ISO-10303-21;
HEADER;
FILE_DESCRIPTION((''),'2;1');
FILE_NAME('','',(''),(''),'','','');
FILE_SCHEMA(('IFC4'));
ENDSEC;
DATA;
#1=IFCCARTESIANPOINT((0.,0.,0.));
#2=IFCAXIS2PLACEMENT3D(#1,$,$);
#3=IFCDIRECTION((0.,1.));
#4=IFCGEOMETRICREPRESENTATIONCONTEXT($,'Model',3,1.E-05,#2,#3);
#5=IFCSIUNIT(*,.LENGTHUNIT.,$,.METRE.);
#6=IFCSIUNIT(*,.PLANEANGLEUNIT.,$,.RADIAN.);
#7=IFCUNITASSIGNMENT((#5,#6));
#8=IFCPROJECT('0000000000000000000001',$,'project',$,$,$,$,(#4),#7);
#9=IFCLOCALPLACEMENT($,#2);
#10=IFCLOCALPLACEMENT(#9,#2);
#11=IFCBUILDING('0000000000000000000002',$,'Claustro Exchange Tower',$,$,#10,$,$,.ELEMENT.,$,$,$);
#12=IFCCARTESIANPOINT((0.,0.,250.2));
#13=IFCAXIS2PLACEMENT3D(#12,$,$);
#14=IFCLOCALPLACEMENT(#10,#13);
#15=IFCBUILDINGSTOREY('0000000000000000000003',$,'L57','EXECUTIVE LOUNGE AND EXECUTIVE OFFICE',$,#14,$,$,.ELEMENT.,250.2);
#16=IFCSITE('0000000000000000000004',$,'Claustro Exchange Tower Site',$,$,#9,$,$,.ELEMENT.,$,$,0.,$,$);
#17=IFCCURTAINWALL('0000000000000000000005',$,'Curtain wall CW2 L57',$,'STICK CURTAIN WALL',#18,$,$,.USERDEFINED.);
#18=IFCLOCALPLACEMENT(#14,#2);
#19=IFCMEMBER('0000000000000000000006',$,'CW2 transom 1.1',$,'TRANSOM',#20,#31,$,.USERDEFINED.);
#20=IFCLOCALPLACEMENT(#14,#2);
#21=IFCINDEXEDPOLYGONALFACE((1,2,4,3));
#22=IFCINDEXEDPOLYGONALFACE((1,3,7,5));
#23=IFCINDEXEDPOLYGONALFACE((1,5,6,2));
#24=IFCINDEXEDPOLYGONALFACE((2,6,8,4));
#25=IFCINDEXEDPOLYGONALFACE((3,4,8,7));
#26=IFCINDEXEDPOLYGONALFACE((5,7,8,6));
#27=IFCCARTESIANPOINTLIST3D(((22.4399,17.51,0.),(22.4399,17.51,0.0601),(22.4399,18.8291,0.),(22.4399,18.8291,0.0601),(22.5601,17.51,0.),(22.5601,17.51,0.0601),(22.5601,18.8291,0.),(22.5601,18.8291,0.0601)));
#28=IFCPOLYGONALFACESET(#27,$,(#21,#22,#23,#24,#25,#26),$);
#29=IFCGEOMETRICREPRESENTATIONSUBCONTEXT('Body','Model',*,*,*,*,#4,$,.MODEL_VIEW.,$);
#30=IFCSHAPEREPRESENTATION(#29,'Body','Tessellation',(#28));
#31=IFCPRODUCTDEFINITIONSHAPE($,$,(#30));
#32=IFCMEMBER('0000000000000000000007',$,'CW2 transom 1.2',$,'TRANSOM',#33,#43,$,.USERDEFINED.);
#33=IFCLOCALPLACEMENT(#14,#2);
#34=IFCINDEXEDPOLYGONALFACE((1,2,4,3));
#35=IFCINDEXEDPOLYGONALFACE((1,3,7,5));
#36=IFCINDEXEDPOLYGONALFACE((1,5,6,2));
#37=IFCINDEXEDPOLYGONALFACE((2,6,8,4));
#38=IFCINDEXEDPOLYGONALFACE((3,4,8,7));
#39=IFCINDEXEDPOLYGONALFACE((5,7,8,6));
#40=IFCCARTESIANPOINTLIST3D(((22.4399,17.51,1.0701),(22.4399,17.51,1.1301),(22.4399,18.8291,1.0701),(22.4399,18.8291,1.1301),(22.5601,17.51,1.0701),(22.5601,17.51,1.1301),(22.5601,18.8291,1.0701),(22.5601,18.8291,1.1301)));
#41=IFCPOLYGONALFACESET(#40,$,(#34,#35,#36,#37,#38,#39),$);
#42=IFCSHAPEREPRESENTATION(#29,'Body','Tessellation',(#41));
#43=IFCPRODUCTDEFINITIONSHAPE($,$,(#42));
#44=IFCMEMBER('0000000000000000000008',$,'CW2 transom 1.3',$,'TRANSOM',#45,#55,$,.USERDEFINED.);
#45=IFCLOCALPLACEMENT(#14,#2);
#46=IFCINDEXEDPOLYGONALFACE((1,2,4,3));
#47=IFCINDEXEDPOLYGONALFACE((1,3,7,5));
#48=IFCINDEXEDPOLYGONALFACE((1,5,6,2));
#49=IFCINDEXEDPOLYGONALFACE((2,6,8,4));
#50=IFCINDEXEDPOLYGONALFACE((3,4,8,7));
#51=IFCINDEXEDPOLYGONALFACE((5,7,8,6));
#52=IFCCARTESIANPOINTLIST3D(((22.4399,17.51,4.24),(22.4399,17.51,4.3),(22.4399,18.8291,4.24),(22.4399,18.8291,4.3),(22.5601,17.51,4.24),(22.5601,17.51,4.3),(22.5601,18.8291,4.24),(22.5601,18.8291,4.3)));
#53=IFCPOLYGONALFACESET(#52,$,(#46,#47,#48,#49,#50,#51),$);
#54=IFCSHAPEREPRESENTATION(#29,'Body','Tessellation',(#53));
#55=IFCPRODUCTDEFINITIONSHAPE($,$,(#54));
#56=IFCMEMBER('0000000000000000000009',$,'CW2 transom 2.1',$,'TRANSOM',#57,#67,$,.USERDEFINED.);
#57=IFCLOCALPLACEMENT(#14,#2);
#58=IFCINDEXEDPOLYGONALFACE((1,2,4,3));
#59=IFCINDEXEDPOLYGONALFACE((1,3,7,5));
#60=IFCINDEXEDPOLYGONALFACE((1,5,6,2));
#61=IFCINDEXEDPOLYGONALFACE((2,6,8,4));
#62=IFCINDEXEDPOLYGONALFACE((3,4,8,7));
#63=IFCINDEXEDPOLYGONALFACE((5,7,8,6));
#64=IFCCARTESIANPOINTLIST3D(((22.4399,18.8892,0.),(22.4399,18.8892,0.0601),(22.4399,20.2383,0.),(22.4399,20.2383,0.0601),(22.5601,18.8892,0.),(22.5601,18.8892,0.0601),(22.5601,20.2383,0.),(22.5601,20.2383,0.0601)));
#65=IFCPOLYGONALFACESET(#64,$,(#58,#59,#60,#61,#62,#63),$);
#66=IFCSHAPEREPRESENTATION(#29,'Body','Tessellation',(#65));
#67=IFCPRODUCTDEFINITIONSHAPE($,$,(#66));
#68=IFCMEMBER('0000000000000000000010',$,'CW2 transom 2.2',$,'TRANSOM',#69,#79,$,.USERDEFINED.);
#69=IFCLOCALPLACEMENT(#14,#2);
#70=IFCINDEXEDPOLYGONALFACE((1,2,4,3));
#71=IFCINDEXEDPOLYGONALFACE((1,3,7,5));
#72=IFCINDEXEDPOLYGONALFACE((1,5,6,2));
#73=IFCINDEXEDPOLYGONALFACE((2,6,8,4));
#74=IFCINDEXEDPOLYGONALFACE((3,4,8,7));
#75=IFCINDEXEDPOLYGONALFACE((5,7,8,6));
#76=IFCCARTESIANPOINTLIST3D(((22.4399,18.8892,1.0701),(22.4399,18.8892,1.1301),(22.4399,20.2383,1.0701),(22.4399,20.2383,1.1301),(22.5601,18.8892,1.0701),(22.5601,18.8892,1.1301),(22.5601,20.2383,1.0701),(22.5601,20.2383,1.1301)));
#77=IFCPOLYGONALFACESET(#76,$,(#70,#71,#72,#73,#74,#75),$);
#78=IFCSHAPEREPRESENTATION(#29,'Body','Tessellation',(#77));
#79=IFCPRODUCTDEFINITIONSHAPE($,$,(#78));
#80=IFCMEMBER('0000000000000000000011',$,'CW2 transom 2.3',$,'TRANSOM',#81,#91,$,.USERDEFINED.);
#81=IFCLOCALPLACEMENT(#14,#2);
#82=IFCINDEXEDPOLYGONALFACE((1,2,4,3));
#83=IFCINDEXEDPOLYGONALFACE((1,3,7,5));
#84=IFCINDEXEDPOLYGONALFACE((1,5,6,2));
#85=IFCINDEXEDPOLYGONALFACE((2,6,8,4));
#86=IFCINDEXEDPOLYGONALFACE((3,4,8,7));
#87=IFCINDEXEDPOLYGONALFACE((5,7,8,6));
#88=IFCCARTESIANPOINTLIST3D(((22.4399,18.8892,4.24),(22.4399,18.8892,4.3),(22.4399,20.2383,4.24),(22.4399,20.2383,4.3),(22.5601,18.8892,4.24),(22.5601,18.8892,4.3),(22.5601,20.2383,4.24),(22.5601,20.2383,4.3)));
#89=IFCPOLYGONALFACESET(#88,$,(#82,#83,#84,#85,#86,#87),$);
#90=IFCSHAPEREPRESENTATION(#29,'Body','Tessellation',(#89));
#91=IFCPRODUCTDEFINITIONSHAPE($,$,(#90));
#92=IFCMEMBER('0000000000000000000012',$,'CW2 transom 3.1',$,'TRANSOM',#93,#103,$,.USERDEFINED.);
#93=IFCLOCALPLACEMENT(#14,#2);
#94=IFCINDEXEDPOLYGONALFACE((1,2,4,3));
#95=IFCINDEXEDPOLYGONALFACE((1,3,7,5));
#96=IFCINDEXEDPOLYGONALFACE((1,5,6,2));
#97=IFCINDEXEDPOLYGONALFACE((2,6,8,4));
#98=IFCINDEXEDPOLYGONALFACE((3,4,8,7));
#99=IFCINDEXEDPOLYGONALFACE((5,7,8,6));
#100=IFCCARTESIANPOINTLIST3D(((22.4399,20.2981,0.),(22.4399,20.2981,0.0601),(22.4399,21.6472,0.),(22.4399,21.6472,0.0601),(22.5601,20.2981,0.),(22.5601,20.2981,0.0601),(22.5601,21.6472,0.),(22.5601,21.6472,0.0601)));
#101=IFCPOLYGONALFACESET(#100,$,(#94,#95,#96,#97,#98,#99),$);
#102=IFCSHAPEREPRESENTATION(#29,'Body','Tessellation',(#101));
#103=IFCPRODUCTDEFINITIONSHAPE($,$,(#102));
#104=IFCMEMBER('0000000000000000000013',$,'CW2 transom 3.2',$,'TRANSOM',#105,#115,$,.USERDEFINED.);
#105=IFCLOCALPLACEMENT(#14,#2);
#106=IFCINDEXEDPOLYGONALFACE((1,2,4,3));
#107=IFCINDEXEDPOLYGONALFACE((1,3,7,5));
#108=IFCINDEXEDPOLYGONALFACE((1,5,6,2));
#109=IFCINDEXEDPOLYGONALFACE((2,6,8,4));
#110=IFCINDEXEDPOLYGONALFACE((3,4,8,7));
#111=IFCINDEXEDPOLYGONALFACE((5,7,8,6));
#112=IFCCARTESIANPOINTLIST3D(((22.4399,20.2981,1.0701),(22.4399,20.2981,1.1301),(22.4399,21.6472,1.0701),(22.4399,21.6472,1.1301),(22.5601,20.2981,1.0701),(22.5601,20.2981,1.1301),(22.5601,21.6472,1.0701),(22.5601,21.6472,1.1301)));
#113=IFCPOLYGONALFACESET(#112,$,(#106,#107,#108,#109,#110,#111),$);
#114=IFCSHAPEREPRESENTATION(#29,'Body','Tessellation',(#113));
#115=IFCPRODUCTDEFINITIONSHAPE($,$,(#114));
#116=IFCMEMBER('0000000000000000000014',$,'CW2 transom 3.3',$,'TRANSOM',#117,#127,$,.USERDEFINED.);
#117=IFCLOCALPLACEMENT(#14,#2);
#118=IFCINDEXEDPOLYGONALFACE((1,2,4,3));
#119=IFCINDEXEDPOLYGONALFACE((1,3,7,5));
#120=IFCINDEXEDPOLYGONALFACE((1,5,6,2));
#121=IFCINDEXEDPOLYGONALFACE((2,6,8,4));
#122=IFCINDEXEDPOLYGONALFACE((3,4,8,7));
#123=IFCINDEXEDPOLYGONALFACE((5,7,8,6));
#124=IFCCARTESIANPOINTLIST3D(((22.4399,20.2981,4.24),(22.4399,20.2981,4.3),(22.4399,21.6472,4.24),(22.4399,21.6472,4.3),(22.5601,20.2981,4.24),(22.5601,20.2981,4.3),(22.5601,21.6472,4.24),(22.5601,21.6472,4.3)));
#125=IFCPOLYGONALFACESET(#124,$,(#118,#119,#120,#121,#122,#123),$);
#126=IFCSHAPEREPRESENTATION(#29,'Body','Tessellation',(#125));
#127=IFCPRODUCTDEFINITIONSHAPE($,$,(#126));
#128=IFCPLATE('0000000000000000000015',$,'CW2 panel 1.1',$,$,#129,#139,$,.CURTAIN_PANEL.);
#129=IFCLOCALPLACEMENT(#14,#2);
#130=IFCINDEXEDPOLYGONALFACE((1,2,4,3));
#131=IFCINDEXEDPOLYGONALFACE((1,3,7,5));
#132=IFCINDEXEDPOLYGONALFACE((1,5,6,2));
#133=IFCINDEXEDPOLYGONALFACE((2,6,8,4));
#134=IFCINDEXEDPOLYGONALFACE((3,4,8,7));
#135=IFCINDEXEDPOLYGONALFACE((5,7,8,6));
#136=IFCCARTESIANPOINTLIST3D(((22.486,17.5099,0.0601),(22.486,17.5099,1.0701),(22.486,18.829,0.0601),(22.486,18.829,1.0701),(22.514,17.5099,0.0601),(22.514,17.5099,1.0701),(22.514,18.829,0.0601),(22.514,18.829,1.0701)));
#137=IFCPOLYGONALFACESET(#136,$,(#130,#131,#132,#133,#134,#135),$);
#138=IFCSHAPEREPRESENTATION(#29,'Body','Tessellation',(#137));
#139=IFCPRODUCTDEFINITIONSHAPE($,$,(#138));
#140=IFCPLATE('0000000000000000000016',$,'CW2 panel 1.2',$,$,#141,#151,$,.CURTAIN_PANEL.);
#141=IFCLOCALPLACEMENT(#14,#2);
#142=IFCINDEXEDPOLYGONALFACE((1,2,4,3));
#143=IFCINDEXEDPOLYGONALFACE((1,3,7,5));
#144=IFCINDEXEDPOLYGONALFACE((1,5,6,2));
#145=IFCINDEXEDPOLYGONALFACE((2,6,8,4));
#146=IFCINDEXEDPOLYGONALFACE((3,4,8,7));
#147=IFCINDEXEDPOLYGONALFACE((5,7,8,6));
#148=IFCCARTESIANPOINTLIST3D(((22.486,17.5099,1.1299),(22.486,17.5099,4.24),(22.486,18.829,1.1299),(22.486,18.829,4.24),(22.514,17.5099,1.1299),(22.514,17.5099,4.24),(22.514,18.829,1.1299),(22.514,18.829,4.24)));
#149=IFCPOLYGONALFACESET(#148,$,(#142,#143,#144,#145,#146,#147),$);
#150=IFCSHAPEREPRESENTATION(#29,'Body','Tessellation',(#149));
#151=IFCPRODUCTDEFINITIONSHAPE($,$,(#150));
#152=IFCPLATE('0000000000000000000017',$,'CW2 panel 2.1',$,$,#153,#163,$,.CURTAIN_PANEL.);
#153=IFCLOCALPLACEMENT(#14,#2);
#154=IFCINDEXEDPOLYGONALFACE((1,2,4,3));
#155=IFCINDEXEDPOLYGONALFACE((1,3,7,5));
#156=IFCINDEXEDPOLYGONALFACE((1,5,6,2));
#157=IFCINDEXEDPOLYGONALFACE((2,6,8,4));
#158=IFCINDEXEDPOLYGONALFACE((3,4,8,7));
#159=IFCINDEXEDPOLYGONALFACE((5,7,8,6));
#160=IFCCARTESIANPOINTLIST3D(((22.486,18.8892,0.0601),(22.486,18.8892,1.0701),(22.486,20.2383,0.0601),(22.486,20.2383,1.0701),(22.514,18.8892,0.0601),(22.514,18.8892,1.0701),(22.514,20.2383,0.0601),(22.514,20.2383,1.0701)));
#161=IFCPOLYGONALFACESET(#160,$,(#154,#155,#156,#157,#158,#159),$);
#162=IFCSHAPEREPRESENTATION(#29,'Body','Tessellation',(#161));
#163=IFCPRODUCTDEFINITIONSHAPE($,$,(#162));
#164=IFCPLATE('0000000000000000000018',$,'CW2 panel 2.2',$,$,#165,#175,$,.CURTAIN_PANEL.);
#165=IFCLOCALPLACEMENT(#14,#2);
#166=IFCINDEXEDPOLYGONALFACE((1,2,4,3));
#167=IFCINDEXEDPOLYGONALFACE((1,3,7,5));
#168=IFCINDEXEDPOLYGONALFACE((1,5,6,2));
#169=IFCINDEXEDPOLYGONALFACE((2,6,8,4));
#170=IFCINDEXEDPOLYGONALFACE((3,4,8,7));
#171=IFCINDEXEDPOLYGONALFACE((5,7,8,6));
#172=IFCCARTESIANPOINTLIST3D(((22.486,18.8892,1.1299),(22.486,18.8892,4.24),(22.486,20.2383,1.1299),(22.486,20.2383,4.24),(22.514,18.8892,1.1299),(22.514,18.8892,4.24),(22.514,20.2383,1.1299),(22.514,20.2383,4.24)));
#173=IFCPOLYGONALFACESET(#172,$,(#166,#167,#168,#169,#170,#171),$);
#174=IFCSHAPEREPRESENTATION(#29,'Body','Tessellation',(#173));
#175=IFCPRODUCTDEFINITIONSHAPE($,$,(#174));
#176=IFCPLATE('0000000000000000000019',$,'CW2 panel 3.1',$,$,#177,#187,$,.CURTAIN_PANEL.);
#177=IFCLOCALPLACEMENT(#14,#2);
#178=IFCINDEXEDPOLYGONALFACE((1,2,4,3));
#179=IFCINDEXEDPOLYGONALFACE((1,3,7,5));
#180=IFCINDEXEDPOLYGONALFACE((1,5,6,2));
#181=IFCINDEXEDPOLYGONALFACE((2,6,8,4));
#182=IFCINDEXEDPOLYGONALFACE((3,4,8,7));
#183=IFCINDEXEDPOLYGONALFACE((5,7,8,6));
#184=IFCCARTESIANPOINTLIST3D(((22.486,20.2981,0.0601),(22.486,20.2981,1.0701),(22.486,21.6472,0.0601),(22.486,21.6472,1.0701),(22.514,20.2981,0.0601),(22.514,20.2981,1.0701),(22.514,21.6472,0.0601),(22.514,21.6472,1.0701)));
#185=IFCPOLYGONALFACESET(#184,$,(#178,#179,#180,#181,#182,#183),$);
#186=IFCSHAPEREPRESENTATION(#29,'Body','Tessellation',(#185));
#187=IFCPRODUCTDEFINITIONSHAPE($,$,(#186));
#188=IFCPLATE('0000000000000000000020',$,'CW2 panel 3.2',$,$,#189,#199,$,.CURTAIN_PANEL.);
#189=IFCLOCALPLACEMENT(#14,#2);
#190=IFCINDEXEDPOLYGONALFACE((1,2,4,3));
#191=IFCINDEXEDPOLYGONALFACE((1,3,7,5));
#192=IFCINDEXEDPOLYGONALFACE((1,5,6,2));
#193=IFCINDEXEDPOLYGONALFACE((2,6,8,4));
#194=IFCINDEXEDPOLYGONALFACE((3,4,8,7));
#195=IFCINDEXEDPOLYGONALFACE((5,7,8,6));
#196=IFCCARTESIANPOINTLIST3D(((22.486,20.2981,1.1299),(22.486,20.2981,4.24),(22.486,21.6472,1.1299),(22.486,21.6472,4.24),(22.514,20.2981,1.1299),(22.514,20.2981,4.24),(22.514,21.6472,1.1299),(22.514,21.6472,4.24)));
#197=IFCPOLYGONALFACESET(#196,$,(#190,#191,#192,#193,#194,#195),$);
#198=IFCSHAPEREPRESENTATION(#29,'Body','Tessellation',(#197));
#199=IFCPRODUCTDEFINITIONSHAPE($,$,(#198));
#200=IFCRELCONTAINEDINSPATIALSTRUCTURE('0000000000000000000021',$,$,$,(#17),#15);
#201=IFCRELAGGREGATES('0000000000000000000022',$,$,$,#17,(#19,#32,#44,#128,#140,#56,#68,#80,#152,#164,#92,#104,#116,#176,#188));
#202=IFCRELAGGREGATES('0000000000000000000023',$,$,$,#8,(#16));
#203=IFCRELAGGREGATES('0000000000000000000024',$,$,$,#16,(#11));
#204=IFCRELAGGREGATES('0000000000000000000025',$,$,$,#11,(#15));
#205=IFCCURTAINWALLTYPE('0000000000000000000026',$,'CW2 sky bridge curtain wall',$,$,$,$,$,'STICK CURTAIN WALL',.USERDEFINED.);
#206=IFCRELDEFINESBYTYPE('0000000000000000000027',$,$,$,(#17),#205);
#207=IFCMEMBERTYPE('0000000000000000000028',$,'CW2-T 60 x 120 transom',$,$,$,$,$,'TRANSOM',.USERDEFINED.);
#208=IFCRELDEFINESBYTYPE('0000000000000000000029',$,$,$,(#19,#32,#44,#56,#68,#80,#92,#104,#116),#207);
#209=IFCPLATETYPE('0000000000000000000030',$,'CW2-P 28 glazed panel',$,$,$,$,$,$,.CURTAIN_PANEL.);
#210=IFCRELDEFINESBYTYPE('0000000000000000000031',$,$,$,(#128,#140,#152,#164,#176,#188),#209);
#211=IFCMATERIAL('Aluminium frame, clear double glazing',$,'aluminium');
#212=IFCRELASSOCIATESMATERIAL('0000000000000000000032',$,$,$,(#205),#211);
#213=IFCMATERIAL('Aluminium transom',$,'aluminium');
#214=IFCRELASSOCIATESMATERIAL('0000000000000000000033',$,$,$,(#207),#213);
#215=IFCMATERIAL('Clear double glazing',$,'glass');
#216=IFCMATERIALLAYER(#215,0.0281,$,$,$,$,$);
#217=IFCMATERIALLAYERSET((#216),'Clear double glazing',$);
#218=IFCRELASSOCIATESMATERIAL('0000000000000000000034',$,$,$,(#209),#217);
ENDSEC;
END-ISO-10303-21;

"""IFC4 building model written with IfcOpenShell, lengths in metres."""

from ifc_helpers import new_model, si_unit, direction, frame, origin, origin_2d, place, context, subcontext, project, spatial, rectangle, extrude, material, layer, layer_set, material_profile, profile_set, type_object, element, aggregate, save


model = new_model("IFC4")

# Units and contexts
model_context = context("Model", 3, precision=1e-05, world=origin(), true_north=direction((0.0, 1.0)))
body_context = subcontext(model_context, "Body", "Model", "MODEL_VIEW")
ifc_project = project(units=[si_unit("LENGTHUNIT", "METRE"), si_unit("PLANEANGLEUNIT", "RADIAN")], contexts=[model_context])

# Site, building, storey
site_placement = place(None, origin())
site = spatial("IfcSite", under=ifc_project, at=site_placement, Name="Claustro Exchange Tower Site", CompositionType="ELEMENT", RefElevation=0.0)
building_placement = place(site_placement, origin())
building = spatial("IfcBuilding", under=site, at=building_placement, Name="Claustro Exchange Tower", CompositionType="ELEMENT")
storey_placement = place(building_placement, frame((0.0, 0.0, 250.2)))
storey = spatial("IfcBuildingStorey", under=building, at=storey_placement, Name="L57", Description="EXECUTIVE LOUNGE AND EXECUTIVE OFFICE", CompositionType="ELEMENT", Elevation=250.2)

# Curtain wall, members, plates
ifc_material_1 = material(Name="Aluminium frame, clear double glazing", Category="aluminium")
curtain_wall_type = type_object("IfcCurtainWallType", Name="CW2 sky bridge curtain wall", ElementType="STICK CURTAIN WALL", PredefinedType="USERDEFINED", material=ifc_material_1)
curtain_wall_placement = place(storey_placement, origin())
curtain_wall = element("IfcCurtainWall", 1, at=curtain_wall_placement, inside=storey, type_object=curtain_wall_type, Name="Curtain wall CW2 L57", ObjectType="STICK CURTAIN WALL", PredefinedType="USERDEFINED")
ifc_material_2 = material(Name="Aluminium transom", Category="aluminium")
ifc_material_profile_1 = material_profile(ifc_material_2, rectangle(XDim=0.1201, YDim=0.0601, at=origin_2d()), Name="CW2-T 60x120")
ifc_profile_set_1 = profile_set([ifc_material_profile_1], Name="Aluminium transom")
member_type_1 = type_object("IfcMemberType", Name="CW2-T 60 x 120 transom", ElementType="TRANSOM", PredefinedType="USERDEFINED", material=ifc_profile_set_1)
member_1_placement = place(storey_placement, frame((22.5, 17.51, 0.03), z_axis=(0.0, 1.0, 0.0), x_axis=(-1.0, 0.0, 0.0)))
member_1 = element("IfcMember", 2, at=member_1_placement, type_object=member_type_1, Name="CW2 transom 1.1", ObjectType="TRANSOM", PredefinedType="USERDEFINED", context=body_context, shape_type="SweptSolid", body=[
    extrude(rectangle(XDim=0.1201, YDim=0.0601, at=origin_2d()), origin(), (0.0, 0.0, 1.0), 1.3191),
])
member_2_placement = place(storey_placement, frame((22.5, 17.51, 1.1001), z_axis=(0.0, 1.0, 0.0), x_axis=(-1.0, 0.0, 0.0)))
member_2 = element("IfcMember", 3, at=member_2_placement, type_object=member_type_1, Name="CW2 transom 1.2", ObjectType="TRANSOM", PredefinedType="USERDEFINED", context=body_context, shape_type="SweptSolid", body=[
    extrude(rectangle(XDim=0.1201, YDim=0.0601, at=origin_2d()), origin(), (0.0, 0.0, 1.0), 1.3191),
])
member_3_placement = place(storey_placement, frame((22.5, 17.51, 4.27), z_axis=(0.0, 1.0, 0.0), x_axis=(-1.0, 0.0, 0.0)))
member_3 = element("IfcMember", 4, at=member_3_placement, type_object=member_type_1, Name="CW2 transom 1.3", ObjectType="TRANSOM", PredefinedType="USERDEFINED", context=body_context, shape_type="SweptSolid", body=[
    extrude(rectangle(XDim=0.1201, YDim=0.0601, at=origin_2d()), origin(), (0.0, 0.0, 1.0), 1.3191),
])
member_4_placement = place(storey_placement, frame((22.5, 18.8892, 0.03), z_axis=(0.0, 1.0, 0.0), x_axis=(-1.0, 0.0, 0.0)))
member_4 = element("IfcMember", 5, at=member_4_placement, type_object=member_type_1, Name="CW2 transom 2.1", ObjectType="TRANSOM", PredefinedType="USERDEFINED", context=body_context, shape_type="SweptSolid", body=[
    extrude(rectangle(XDim=0.1201, YDim=0.0601, at=origin_2d()), origin(), (0.0, 0.0, 1.0), 1.3491),
])
member_5_placement = place(storey_placement, frame((22.5, 18.8892, 1.1001), z_axis=(0.0, 1.0, 0.0), x_axis=(-1.0, 0.0, 0.0)))
member_5 = element("IfcMember", 6, at=member_5_placement, type_object=member_type_1, Name="CW2 transom 2.2", ObjectType="TRANSOM", PredefinedType="USERDEFINED", context=body_context, shape_type="SweptSolid", body=[
    extrude(rectangle(XDim=0.1201, YDim=0.0601, at=origin_2d()), origin(), (0.0, 0.0, 1.0), 1.3491),
])
member_6_placement = place(storey_placement, frame((22.5, 18.8892, 4.27), z_axis=(0.0, 1.0, 0.0), x_axis=(-1.0, 0.0, 0.0)))
member_6 = element("IfcMember", 7, at=member_6_placement, type_object=member_type_1, Name="CW2 transom 2.3", ObjectType="TRANSOM", PredefinedType="USERDEFINED", context=body_context, shape_type="SweptSolid", body=[
    extrude(rectangle(XDim=0.1201, YDim=0.0601, at=origin_2d()), origin(), (0.0, 0.0, 1.0), 1.3491),
])
member_7_placement = place(storey_placement, frame((22.5, 20.2981, 0.03), z_axis=(0.0, 1.0, 0.0), x_axis=(-1.0, 0.0, 0.0)))
member_7 = element("IfcMember", 8, at=member_7_placement, type_object=member_type_1, Name="CW2 transom 3.1", ObjectType="TRANSOM", PredefinedType="USERDEFINED", context=body_context, shape_type="SweptSolid", body=[
    extrude(rectangle(XDim=0.1201, YDim=0.0601, at=origin_2d()), origin(), (0.0, 0.0, 1.0), 1.3491),
])
member_8_placement = place(storey_placement, frame((22.5, 20.2981, 1.1001), z_axis=(0.0, 1.0, 0.0), x_axis=(-1.0, 0.0, 0.0)))
member_8 = element("IfcMember", 9, at=member_8_placement, type_object=member_type_1, Name="CW2 transom 3.2", ObjectType="TRANSOM", PredefinedType="USERDEFINED", context=body_context, shape_type="SweptSolid", body=[
    extrude(rectangle(XDim=0.1201, YDim=0.0601, at=origin_2d()), origin(), (0.0, 0.0, 1.0), 1.3491),
])
member_9_placement = place(storey_placement, frame((22.5, 20.2981, 4.27), z_axis=(0.0, 1.0, 0.0), x_axis=(-1.0, 0.0, 0.0)))
member_9 = element("IfcMember", 10, at=member_9_placement, type_object=member_type_1, Name="CW2 transom 3.3", ObjectType="TRANSOM", PredefinedType="USERDEFINED", context=body_context, shape_type="SweptSolid", body=[
    extrude(rectangle(XDim=0.1201, YDim=0.0601, at=origin_2d()), origin(), (0.0, 0.0, 1.0), 1.3491),
])
ifc_material_3 = material(Name="Clear double glazing", Category="glass")
ifc_layer_1 = layer(ifc_material_3, 0.0281)
ifc_layer_set_1 = layer_set([ifc_layer_1], Name="Clear double glazing")
plate_type = type_object("IfcPlateType", Name="CW2-P 28 glazed panel", PredefinedType="CURTAIN_PANEL", material=ifc_layer_set_1)
plate_1_placement = place(storey_placement, frame((22.5, 18.1694, 0.0601), z_axis=(0.0, 0.0, 1.0), x_axis=(0.0, 1.0, 0.0)))
plate_1 = element("IfcPlate", 11, at=plate_1_placement, type_object=plate_type, Name="CW2 panel 1.1", PredefinedType="CURTAIN_PANEL", context=body_context, shape_type="SweptSolid", body=[
    extrude(rectangle(XDim=1.3191, YDim=0.0281, at=origin_2d()), origin(), (0.0, 0.0, 1.0), 1.01),
])
plate_2_placement = place(storey_placement, frame((22.5, 18.1694, 1.1299), z_axis=(0.0, 0.0, 1.0), x_axis=(0.0, 1.0, 0.0)))
plate_2 = element("IfcPlate", 12, at=plate_2_placement, type_object=plate_type, Name="CW2 panel 1.2", PredefinedType="CURTAIN_PANEL", context=body_context, shape_type="SweptSolid", body=[
    extrude(rectangle(XDim=1.3191, YDim=0.0281, at=origin_2d()), origin(), (0.0, 0.0, 1.0), 3.1101),
])
plate_3_placement = place(storey_placement, frame((22.5, 19.5637, 0.0601), z_axis=(0.0, 0.0, 1.0), x_axis=(0.0, 1.0, 0.0)))
plate_3 = element("IfcPlate", 13, at=plate_3_placement, type_object=plate_type, Name="CW2 panel 2.1", PredefinedType="CURTAIN_PANEL", context=body_context, shape_type="SweptSolid", body=[
    extrude(rectangle(XDim=1.3491, YDim=0.0281, at=origin_2d()), origin(), (0.0, 0.0, 1.0), 1.01),
])
plate_4_placement = place(storey_placement, frame((22.5, 19.5637, 1.1299), z_axis=(0.0, 0.0, 1.0), x_axis=(0.0, 1.0, 0.0)))
plate_4 = element("IfcPlate", 14, at=plate_4_placement, type_object=plate_type, Name="CW2 panel 2.2", PredefinedType="CURTAIN_PANEL", context=body_context, shape_type="SweptSolid", body=[
    extrude(rectangle(XDim=1.3491, YDim=0.0281, at=origin_2d()), origin(), (0.0, 0.0, 1.0), 3.1101),
])
plate_5_placement = place(storey_placement, frame((22.5, 20.9727, 0.0601), z_axis=(0.0, 0.0, 1.0), x_axis=(0.0, 1.0, 0.0)))
plate_5 = element("IfcPlate", 15, at=plate_5_placement, type_object=plate_type, Name="CW2 panel 3.1", PredefinedType="CURTAIN_PANEL", context=body_context, shape_type="SweptSolid", body=[
    extrude(rectangle(XDim=1.3491, YDim=0.0281, at=origin_2d()), origin(), (0.0, 0.0, 1.0), 1.01),
])
plate_6_placement = place(storey_placement, frame((22.5, 20.9727, 1.1299), z_axis=(0.0, 0.0, 1.0), x_axis=(0.0, 1.0, 0.0)))
plate_6 = element("IfcPlate", 16, at=plate_6_placement, type_object=plate_type, Name="CW2 panel 3.2", PredefinedType="CURTAIN_PANEL", context=body_context, shape_type="SweptSolid", body=[
    extrude(rectangle(XDim=1.3491, YDim=0.0281, at=origin_2d()), origin(), (0.0, 0.0, 1.0), 3.1101),
])
aggregate(curtain_wall, [member_1, member_2, member_3, plate_1, plate_2, member_4, member_5, member_6, plate_3, plate_4, member_7, member_8, member_9, plate_5, plate_6])

save(model, "model.ifc")
